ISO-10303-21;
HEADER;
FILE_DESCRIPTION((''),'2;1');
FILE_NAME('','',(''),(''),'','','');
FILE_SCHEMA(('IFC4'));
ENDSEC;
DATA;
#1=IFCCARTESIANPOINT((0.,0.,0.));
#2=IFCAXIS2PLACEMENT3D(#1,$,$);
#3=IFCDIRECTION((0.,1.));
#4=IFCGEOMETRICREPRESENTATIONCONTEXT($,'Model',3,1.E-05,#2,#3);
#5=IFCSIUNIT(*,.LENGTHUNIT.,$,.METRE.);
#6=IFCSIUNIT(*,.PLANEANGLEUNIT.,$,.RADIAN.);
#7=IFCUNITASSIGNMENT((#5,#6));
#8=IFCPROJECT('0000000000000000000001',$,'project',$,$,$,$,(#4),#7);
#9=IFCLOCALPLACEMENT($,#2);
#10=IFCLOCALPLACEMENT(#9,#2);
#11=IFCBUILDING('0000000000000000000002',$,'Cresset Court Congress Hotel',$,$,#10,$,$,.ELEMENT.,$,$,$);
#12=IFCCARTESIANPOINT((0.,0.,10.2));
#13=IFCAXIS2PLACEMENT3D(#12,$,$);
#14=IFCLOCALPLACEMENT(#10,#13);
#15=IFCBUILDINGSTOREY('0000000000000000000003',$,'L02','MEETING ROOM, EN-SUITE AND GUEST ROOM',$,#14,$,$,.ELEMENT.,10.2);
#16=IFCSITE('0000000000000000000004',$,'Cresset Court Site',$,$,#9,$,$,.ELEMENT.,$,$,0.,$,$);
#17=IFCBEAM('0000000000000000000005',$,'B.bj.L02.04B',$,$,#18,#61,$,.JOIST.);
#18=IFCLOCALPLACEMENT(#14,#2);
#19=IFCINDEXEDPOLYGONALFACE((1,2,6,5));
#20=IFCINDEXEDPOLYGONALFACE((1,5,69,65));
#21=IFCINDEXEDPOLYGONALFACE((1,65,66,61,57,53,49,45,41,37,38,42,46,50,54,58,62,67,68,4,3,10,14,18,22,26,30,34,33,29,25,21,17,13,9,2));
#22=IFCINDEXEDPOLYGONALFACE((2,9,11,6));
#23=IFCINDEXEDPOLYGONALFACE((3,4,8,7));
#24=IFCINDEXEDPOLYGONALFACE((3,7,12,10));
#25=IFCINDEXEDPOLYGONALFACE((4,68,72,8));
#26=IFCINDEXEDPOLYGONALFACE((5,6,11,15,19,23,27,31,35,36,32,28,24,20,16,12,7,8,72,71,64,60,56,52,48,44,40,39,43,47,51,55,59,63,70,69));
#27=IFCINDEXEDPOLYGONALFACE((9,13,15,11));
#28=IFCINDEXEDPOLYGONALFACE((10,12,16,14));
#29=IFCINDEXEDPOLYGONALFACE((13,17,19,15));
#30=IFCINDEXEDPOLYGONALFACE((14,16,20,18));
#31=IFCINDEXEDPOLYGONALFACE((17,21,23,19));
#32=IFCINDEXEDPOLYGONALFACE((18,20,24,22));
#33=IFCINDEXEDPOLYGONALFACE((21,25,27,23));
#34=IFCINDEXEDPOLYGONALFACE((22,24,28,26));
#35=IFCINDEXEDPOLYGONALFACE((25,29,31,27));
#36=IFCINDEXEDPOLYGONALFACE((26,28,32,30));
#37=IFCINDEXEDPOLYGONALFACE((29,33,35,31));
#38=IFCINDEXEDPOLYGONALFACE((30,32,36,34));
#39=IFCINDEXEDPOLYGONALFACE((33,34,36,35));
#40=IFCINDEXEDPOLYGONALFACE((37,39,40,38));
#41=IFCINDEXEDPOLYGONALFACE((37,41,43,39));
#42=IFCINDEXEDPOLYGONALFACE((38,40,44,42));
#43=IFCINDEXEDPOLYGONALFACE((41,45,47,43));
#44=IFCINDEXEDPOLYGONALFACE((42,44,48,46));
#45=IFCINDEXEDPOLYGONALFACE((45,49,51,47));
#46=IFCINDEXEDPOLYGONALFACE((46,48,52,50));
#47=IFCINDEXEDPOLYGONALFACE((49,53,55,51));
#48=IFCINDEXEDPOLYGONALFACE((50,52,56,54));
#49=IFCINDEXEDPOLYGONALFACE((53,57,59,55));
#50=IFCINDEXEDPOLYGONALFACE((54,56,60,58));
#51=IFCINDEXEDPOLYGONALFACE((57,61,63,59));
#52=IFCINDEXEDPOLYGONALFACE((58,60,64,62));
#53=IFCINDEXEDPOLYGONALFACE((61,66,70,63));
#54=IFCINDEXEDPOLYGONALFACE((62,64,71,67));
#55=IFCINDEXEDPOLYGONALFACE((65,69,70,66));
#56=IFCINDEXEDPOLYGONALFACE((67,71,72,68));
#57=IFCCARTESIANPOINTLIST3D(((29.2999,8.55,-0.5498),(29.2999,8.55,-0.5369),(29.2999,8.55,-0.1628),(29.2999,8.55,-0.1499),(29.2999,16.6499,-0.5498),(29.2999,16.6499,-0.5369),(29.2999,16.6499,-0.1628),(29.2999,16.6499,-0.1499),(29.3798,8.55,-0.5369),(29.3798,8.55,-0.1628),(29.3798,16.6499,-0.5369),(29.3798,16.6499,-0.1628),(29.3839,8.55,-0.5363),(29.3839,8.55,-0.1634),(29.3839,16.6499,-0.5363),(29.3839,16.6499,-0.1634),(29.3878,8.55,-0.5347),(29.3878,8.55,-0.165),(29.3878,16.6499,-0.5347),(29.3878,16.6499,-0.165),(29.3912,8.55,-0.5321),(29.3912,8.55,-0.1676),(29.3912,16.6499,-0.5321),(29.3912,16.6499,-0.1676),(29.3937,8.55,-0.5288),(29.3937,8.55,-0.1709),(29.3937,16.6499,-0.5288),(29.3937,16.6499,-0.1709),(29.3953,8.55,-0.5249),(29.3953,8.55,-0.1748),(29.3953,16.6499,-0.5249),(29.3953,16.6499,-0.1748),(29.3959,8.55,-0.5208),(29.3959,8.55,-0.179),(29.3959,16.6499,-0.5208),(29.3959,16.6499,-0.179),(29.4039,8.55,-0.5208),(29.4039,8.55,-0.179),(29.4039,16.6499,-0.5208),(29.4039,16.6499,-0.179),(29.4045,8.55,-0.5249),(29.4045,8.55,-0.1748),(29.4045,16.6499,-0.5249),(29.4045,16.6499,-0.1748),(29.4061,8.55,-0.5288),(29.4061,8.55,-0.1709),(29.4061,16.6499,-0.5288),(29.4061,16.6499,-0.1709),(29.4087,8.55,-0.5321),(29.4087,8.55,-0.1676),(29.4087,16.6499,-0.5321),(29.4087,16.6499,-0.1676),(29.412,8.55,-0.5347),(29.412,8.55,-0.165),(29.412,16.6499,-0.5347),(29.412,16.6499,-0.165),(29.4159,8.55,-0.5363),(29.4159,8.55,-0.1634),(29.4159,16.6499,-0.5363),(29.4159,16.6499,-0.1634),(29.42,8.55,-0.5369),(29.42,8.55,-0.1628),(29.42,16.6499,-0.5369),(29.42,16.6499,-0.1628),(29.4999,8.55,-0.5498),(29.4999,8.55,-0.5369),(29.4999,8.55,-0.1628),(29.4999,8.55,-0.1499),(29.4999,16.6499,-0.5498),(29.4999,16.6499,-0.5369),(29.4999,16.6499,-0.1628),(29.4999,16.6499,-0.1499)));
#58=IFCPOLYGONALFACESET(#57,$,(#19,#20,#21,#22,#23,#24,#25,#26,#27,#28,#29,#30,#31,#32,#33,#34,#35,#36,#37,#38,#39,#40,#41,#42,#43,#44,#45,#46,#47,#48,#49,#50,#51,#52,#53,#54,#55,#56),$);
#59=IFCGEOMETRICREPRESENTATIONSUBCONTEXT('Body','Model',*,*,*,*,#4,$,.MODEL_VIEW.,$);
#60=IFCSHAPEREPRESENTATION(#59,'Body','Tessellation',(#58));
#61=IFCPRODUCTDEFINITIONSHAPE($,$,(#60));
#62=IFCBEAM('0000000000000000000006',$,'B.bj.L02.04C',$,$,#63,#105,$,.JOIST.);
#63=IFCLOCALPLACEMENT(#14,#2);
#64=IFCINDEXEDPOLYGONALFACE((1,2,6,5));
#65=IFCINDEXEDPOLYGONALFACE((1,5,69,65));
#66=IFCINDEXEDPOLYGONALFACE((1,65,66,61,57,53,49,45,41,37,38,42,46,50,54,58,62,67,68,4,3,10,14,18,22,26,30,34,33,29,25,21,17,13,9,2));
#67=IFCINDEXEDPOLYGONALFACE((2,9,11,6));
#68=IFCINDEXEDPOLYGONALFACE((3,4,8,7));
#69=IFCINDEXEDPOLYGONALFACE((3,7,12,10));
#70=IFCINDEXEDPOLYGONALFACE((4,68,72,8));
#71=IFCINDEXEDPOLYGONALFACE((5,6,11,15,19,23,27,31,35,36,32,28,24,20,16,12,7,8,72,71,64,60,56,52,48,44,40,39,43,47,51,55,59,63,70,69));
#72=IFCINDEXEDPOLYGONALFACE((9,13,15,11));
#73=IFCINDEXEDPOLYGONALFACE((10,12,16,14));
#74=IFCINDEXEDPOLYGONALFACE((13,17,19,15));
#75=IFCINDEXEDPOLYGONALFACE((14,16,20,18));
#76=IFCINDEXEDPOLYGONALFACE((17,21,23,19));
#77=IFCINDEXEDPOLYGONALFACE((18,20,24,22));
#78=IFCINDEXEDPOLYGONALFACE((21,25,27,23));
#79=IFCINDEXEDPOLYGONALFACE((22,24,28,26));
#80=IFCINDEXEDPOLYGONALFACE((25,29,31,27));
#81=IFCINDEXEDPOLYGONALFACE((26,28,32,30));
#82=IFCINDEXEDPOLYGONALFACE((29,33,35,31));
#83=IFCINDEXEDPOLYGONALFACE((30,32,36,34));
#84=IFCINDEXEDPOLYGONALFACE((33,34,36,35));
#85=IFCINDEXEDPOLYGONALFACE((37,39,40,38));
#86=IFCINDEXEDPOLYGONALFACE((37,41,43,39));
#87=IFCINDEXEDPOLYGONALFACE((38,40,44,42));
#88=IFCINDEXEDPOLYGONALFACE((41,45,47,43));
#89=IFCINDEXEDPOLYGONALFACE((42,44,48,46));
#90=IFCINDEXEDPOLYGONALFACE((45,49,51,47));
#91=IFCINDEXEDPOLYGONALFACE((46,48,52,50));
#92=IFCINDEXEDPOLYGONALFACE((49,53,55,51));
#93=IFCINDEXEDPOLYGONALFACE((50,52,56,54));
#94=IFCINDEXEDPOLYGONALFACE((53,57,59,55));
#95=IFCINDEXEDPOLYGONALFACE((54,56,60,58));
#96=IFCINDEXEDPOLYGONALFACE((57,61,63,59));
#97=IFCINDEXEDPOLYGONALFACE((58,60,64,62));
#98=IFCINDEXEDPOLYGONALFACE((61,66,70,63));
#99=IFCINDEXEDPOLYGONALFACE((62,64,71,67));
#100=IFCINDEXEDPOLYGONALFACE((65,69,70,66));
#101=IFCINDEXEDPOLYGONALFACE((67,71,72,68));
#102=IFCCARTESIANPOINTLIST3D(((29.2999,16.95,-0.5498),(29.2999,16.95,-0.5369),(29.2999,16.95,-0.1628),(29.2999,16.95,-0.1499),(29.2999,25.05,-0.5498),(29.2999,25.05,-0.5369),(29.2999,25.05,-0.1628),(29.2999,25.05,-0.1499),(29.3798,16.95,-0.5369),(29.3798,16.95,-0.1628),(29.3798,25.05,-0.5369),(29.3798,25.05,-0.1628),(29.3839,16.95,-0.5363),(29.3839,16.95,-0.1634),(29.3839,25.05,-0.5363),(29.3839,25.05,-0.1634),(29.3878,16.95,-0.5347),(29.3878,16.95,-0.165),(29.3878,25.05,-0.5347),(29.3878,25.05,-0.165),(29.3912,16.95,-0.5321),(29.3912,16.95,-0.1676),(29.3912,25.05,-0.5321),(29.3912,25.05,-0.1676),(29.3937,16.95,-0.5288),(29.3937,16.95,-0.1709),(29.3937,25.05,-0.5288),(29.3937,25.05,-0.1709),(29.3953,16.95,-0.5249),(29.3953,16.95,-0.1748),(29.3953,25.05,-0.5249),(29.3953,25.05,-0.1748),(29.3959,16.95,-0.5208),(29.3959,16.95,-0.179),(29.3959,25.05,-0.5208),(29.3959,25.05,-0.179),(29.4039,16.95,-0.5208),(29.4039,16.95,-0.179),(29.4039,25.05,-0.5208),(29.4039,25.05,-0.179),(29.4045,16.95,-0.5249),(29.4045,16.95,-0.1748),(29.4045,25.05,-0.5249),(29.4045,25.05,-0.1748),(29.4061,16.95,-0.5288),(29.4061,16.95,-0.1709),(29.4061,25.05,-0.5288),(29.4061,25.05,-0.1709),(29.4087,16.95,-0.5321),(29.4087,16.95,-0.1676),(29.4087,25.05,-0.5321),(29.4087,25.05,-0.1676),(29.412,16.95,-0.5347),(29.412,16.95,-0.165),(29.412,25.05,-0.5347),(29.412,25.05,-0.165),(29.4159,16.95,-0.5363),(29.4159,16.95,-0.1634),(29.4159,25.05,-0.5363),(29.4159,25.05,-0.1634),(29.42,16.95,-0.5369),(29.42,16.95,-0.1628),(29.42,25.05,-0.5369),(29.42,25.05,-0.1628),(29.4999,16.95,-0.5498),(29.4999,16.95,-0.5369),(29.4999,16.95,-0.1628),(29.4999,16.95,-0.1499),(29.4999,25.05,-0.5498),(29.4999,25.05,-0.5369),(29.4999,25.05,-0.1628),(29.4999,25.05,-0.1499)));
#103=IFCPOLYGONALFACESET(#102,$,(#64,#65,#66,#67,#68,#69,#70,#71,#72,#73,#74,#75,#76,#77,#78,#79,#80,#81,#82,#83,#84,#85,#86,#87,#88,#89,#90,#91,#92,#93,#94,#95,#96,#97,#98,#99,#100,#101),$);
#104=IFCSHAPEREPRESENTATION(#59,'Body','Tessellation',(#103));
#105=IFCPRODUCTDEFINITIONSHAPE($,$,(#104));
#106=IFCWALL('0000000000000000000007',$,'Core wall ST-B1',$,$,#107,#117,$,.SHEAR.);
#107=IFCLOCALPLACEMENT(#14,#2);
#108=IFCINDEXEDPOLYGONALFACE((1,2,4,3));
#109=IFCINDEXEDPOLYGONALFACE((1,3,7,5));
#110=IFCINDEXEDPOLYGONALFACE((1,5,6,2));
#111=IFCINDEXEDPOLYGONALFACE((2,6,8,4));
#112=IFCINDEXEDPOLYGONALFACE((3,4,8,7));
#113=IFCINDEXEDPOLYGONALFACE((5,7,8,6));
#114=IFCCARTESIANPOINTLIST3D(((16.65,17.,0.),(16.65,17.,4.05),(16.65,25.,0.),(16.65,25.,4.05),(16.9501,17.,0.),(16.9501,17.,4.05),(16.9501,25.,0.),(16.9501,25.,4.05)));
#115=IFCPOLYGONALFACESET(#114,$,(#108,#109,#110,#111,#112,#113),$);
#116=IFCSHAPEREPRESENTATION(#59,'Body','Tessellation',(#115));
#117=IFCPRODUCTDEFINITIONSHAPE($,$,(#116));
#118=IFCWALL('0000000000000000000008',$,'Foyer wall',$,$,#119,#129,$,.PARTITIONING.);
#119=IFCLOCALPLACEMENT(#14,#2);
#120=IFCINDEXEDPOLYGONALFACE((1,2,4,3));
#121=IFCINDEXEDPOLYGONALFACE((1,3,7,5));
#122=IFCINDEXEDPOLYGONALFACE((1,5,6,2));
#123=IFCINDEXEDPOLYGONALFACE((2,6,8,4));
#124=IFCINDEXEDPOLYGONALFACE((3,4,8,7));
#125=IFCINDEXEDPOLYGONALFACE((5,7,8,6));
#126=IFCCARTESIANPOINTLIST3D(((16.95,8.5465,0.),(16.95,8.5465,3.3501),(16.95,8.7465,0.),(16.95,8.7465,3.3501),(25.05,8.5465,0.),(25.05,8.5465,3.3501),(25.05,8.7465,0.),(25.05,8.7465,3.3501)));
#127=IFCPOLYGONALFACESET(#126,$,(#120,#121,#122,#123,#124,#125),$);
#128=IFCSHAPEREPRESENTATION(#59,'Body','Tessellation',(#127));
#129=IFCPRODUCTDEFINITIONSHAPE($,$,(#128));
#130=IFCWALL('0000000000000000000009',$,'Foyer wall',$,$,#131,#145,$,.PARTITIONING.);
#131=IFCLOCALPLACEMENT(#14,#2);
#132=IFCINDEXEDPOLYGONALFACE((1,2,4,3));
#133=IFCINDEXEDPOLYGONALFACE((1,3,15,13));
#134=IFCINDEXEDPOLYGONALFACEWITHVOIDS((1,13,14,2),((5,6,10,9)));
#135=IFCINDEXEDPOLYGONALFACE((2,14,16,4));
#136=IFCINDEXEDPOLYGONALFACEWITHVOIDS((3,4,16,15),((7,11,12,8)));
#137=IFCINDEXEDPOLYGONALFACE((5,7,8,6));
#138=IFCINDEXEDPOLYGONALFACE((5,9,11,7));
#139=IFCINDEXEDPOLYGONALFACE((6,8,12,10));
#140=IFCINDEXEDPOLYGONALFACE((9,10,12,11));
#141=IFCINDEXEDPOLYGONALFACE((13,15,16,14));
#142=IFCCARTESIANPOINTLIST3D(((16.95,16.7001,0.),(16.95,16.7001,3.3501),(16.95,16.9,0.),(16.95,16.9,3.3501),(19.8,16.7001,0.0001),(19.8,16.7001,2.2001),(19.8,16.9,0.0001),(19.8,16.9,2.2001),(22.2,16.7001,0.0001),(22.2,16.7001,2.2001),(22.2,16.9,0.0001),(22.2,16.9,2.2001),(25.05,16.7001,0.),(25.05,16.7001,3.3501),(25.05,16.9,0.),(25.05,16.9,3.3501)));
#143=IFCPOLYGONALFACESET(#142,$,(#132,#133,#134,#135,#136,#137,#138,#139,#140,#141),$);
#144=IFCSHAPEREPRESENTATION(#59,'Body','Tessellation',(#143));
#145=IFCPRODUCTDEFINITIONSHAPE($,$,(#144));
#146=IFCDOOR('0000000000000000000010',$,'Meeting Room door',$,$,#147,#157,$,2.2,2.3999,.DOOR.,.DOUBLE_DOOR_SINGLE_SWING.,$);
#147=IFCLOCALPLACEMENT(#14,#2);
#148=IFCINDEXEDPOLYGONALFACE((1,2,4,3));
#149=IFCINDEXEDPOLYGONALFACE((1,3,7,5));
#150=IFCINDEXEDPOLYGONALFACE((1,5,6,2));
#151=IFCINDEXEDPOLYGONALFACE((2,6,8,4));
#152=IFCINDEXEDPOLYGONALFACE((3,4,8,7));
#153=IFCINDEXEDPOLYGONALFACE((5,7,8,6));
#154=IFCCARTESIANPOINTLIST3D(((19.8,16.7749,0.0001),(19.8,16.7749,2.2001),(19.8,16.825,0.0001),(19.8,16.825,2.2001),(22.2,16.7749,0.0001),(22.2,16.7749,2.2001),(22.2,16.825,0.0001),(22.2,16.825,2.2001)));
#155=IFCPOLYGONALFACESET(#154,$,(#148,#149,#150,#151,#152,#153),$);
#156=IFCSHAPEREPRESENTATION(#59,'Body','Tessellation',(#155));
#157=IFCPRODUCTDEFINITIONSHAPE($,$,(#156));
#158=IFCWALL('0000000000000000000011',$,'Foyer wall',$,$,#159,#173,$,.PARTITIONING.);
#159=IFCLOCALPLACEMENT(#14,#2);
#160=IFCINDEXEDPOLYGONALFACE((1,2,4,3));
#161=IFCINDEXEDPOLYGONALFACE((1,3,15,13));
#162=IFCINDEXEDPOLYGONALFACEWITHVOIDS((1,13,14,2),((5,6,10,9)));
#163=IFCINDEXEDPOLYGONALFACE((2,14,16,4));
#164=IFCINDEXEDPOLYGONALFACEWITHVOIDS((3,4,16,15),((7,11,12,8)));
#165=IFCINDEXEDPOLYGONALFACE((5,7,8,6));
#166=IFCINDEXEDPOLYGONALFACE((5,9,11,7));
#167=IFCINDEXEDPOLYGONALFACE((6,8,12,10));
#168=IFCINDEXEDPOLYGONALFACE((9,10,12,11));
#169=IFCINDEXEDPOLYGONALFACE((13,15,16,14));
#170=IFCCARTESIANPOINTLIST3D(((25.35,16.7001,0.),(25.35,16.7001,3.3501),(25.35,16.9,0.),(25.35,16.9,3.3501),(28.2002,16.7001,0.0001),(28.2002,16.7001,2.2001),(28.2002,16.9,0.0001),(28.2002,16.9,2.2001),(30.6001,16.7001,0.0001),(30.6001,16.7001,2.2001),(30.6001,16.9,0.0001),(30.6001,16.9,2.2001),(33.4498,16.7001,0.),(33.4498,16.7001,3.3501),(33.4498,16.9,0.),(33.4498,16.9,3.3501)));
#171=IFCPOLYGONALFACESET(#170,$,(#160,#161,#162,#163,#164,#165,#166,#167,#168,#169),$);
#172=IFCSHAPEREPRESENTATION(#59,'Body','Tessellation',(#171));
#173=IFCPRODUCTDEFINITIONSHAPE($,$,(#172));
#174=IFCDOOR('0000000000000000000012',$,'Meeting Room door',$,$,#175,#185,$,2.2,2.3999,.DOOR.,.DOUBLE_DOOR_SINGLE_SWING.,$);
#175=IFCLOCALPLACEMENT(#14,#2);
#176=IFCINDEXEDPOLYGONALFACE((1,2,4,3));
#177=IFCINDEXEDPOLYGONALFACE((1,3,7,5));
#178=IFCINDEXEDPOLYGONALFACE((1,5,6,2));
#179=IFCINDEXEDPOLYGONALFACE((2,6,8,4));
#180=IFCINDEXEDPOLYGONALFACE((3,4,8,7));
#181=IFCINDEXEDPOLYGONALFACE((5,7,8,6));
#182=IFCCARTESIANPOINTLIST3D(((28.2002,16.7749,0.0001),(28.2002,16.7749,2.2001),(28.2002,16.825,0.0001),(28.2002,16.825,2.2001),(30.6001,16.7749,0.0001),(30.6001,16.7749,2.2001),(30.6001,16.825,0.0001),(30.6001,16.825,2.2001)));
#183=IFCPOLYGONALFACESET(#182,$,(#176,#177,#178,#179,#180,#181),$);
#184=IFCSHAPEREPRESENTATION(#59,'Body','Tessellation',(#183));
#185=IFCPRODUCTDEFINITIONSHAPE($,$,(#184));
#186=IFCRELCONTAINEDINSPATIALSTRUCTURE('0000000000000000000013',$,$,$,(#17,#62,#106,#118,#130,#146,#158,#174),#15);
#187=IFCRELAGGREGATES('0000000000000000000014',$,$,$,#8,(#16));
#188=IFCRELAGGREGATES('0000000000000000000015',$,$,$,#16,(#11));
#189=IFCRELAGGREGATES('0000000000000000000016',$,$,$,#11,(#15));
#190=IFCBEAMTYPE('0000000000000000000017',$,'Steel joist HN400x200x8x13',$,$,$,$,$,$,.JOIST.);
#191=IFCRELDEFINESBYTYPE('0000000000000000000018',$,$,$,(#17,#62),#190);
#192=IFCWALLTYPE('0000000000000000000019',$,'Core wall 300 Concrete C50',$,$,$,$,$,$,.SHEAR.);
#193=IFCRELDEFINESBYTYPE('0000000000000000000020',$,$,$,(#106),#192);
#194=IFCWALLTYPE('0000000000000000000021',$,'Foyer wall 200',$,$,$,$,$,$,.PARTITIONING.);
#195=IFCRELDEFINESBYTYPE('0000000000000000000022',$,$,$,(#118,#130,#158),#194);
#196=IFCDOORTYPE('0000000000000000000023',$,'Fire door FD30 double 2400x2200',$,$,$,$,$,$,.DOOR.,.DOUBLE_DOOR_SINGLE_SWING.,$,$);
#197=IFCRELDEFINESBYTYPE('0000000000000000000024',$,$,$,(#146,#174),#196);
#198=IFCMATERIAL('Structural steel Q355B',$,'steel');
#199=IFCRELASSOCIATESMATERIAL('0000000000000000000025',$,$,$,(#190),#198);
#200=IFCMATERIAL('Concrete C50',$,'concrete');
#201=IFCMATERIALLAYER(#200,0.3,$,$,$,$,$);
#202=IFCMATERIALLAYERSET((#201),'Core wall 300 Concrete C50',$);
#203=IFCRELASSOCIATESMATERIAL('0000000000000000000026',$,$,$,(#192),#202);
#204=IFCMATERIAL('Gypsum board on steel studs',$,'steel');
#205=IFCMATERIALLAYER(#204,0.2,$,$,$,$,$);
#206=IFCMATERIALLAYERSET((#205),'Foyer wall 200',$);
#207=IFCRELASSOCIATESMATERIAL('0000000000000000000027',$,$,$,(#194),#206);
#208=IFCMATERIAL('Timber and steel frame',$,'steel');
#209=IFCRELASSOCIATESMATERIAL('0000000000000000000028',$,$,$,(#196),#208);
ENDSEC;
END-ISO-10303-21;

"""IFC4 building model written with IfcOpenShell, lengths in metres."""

from ifc_helpers import new_model, si_unit, direction, frame, frame_2d, origin, origin_2d, place, context, subcontext, project, spatial, rectangle, i_section, extrude, material, layer, layer_set, material_profile, profile_set, type_object, element, fill, save


model = new_model("IFC4")

# Units and contexts
model_context = context("Model", 3, precision=1e-05, world=origin(), true_north=direction((0.0, 1.0)))
body_context = subcontext(model_context, "Body", "Model", "MODEL_VIEW")
ifc_project = project(units=[si_unit("LENGTHUNIT", "METRE"), si_unit("PLANEANGLEUNIT", "RADIAN")], contexts=[model_context])

# Site, building, storey
site_placement = place(None, origin())
site = spatial("IfcSite", under=ifc_project, at=site_placement, Name="Cresset Court Site", CompositionType="ELEMENT", RefElevation=0.0)
building_placement = place(site_placement, origin())
building = spatial("IfcBuilding", under=site, at=building_placement, Name="Cresset Court Congress Hotel", CompositionType="ELEMENT")
storey_placement = place(building_placement, frame((0.0, 0.0, 10.2)))
storey = spatial("IfcBuildingStorey", under=building, at=storey_placement, Name="L02", Description="MEETING ROOM, EN-SUITE AND GUEST ROOM", CompositionType="ELEMENT", Elevation=10.2)

# Beams
ifc_material_1 = material(Name="Structural steel Q355B", Category="steel")
ifc_material_profile_1 = material_profile(ifc_material_1, i_section(OverallWidth=0.2, OverallDepth=0.3999, WebThickness=0.0081, FlangeThickness=0.0129, FilletRadius=0.0161, at=origin_2d()), Name="HN400x200x8x13")
ifc_profile_set_1 = profile_set([ifc_material_profile_1], Name="Structural steel Q355B")
beam_type_1 = type_object("IfcBeamType", Name="Steel joist HN400x200x8x13", PredefinedType="JOIST", material=ifc_profile_set_1)
beam_1_placement = place(storey_placement, frame((29.3999, 8.55, -0.3499), z_axis=(0.0, 1.0, 0.0), x_axis=(-1.0, 0.0, 0.0)))
element("IfcBeam", 1, at=beam_1_placement, inside=storey, type_object=beam_type_1, Name="B.bj.L02.04B", PredefinedType="JOIST", context=body_context, shape_type="SweptSolid", body=[
    extrude(i_section(OverallWidth=0.2, OverallDepth=0.3999, WebThickness=0.0081, FlangeThickness=0.0129, FilletRadius=0.0161, at=origin_2d()), origin(), (0.0, 0.0, 1.0), 8.0999),
])
beam_2_placement = place(storey_placement, frame((29.3999, 16.95, -0.3499), z_axis=(0.0, 1.0, 0.0), x_axis=(-1.0, 0.0, 0.0)))
element("IfcBeam", 2, at=beam_2_placement, inside=storey, type_object=beam_type_1, Name="B.bj.L02.04C", PredefinedType="JOIST", context=body_context, shape_type="SweptSolid", body=[
    extrude(i_section(OverallWidth=0.2, OverallDepth=0.3999, WebThickness=0.0081, FlangeThickness=0.0129, FilletRadius=0.0161, at=origin_2d()), origin(), (0.0, 0.0, 1.0), 8.1001),
])

# Walls
ifc_material_2 = material(Name="Concrete C50", Category="concrete")
ifc_layer_1 = layer(ifc_material_2, 0.3)
ifc_layer_set_1 = layer_set([ifc_layer_1], Name="Core wall 300 Concrete C50")
wall_type_1 = type_object("IfcWallType", Name="Core wall 300 Concrete C50", PredefinedType="SHEAR", material=ifc_layer_set_1)
wall_1_placement = place(storey_placement, frame((16.8, 17.0, 0.0), z_axis=(0.0, 0.0, 1.0), x_axis=(0.0, 1.0, 0.0)))
element("IfcWall", 3, at=wall_1_placement, inside=storey, type_object=wall_type_1, Name="Core wall ST-B1", PredefinedType="SHEAR", context=body_context, shape_type="SweptSolid", body=[
    extrude(rectangle(XDim=8.0, YDim=0.3, at=frame_2d((4.0, 0.0))), origin(), (0.0, 0.0, 1.0), 4.05),
])
ifc_material_3 = material(Name="Gypsum board on steel studs", Category="steel")
ifc_layer_2 = layer(ifc_material_3, 0.2)
ifc_layer_set_2 = layer_set([ifc_layer_2], Name="Foyer wall 200")
wall_type_2 = type_object("IfcWallType", Name="Foyer wall 200", PredefinedType="PARTITIONING", material=ifc_layer_set_2)
wall_2_placement = place(storey_placement, frame((16.95, 8.6465, 0.0), z_axis=(0.0, 0.0, 1.0), x_axis=(1.0, 0.0, 0.0)))
element("IfcWall", 4, at=wall_2_placement, inside=storey, type_object=wall_type_2, Name="Foyer wall", PredefinedType="PARTITIONING", context=body_context, shape_type="SweptSolid", body=[
    extrude(rectangle(XDim=8.1001, YDim=0.2, at=frame_2d((4.05, 0.0))), origin(), (0.0, 0.0, 1.0), 3.3501),
])

# Walls, openings, doors
wall_3_placement = place(storey_placement, frame((16.95, 16.8, 0.0), z_axis=(0.0, 0.0, 1.0), x_axis=(1.0, 0.0, 0.0)))
wall_3 = element("IfcWall", 5, at=wall_3_placement, inside=storey, type_object=wall_type_2, Name="Foyer wall", PredefinedType="PARTITIONING", context=body_context, shape_type="SweptSolid", body=[
    extrude(rectangle(XDim=8.1001, YDim=0.2, at=frame_2d((4.05, 0.0))), origin(), (0.0, 0.0, 1.0), 3.3501),
])
opening_1_placement = place(wall_3_placement, frame((2.8501, 0.0, 0.0)))
opening_1 = element("IfcOpeningElement", 6, at=opening_1_placement, cuts=wall_3, PredefinedType="OPENING", context=body_context, shape_type="SweptSolid", body=[
    extrude(rectangle(XDim=2.3999, YDim=2.2, at=frame_2d((1.2, 1.1001))), frame((0.0, 0.1099, 0.0), z_axis=(0.0, -1.0, 0.0), x_axis=(1.0, 0.0, 0.0)), (0.0, 0.0, 1.0), 0.22),
])
ifc_material_4 = material(Name="Timber and steel frame", Category="steel")
door_type = type_object("IfcDoorType", Name="Fire door FD30 double 2400x2200", OperationType="DOUBLE_DOOR_SINGLE_SWING", PredefinedType="DOOR", material=ifc_material_4)
door_1_placement = place(opening_1_placement, origin())
door_1 = element("IfcDoor", 7, at=door_1_placement, inside=storey, type_object=door_type, Name="Meeting Room door", OperationType="DOUBLE_DOOR_SINGLE_SWING", OverallHeight=2.2, OverallWidth=2.3999, PredefinedType="DOOR", context=body_context, shape_type="SweptSolid", body=[
    extrude(rectangle(XDim=2.3999, YDim=2.2, at=frame_2d((1.2, 1.1001))), frame((0.0, 0.0249, 0.0), z_axis=(0.0, -1.0, 0.0), x_axis=(1.0, 0.0, 0.0)), (0.0, 0.0, 1.0), 0.05),
])
fill(opening_1, door_1)
wall_4_placement = place(storey_placement, frame((25.3501, 16.8, 0.0), z_axis=(0.0, 0.0, 1.0), x_axis=(1.0, 0.0, 0.0)))
wall_4 = element("IfcWall", 8, at=wall_4_placement, inside=storey, type_object=wall_type_2, Name="Foyer wall", PredefinedType="PARTITIONING", context=body_context, shape_type="SweptSolid", body=[
    extrude(rectangle(XDim=8.0999, YDim=0.2, at=frame_2d((4.0498, 0.0))), origin(), (0.0, 0.0, 1.0), 3.3501),
])
opening_2_placement = place(wall_4_placement, frame((2.8501, 0.0, 0.0)))
opening_2 = element("IfcOpeningElement", 9, at=opening_2_placement, cuts=wall_4, PredefinedType="OPENING", context=body_context, shape_type="SweptSolid", body=[
    extrude(rectangle(XDim=2.3999, YDim=2.2, at=frame_2d((1.2, 1.1001))), frame((0.0, 0.1099, 0.0), z_axis=(0.0, -1.0, 0.0), x_axis=(1.0, 0.0, 0.0)), (0.0, 0.0, 1.0), 0.22),
])
door_2_placement = place(opening_2_placement, origin())
door_2 = element("IfcDoor", 10, at=door_2_placement, inside=storey, type_object=door_type, Name="Meeting Room door", OperationType="DOUBLE_DOOR_SINGLE_SWING", OverallHeight=2.2, OverallWidth=2.3999, PredefinedType="DOOR", context=body_context, shape_type="SweptSolid", body=[
    extrude(rectangle(XDim=2.3999, YDim=2.2, at=frame_2d((1.2, 1.1001))), frame((0.0, 0.0249, 0.0), z_axis=(0.0, -1.0, 0.0), x_axis=(1.0, 0.0, 0.0)), (0.0, 0.0, 1.0), 0.05),
])
fill(opening_2, door_2)

save(model, "model.ifc")
